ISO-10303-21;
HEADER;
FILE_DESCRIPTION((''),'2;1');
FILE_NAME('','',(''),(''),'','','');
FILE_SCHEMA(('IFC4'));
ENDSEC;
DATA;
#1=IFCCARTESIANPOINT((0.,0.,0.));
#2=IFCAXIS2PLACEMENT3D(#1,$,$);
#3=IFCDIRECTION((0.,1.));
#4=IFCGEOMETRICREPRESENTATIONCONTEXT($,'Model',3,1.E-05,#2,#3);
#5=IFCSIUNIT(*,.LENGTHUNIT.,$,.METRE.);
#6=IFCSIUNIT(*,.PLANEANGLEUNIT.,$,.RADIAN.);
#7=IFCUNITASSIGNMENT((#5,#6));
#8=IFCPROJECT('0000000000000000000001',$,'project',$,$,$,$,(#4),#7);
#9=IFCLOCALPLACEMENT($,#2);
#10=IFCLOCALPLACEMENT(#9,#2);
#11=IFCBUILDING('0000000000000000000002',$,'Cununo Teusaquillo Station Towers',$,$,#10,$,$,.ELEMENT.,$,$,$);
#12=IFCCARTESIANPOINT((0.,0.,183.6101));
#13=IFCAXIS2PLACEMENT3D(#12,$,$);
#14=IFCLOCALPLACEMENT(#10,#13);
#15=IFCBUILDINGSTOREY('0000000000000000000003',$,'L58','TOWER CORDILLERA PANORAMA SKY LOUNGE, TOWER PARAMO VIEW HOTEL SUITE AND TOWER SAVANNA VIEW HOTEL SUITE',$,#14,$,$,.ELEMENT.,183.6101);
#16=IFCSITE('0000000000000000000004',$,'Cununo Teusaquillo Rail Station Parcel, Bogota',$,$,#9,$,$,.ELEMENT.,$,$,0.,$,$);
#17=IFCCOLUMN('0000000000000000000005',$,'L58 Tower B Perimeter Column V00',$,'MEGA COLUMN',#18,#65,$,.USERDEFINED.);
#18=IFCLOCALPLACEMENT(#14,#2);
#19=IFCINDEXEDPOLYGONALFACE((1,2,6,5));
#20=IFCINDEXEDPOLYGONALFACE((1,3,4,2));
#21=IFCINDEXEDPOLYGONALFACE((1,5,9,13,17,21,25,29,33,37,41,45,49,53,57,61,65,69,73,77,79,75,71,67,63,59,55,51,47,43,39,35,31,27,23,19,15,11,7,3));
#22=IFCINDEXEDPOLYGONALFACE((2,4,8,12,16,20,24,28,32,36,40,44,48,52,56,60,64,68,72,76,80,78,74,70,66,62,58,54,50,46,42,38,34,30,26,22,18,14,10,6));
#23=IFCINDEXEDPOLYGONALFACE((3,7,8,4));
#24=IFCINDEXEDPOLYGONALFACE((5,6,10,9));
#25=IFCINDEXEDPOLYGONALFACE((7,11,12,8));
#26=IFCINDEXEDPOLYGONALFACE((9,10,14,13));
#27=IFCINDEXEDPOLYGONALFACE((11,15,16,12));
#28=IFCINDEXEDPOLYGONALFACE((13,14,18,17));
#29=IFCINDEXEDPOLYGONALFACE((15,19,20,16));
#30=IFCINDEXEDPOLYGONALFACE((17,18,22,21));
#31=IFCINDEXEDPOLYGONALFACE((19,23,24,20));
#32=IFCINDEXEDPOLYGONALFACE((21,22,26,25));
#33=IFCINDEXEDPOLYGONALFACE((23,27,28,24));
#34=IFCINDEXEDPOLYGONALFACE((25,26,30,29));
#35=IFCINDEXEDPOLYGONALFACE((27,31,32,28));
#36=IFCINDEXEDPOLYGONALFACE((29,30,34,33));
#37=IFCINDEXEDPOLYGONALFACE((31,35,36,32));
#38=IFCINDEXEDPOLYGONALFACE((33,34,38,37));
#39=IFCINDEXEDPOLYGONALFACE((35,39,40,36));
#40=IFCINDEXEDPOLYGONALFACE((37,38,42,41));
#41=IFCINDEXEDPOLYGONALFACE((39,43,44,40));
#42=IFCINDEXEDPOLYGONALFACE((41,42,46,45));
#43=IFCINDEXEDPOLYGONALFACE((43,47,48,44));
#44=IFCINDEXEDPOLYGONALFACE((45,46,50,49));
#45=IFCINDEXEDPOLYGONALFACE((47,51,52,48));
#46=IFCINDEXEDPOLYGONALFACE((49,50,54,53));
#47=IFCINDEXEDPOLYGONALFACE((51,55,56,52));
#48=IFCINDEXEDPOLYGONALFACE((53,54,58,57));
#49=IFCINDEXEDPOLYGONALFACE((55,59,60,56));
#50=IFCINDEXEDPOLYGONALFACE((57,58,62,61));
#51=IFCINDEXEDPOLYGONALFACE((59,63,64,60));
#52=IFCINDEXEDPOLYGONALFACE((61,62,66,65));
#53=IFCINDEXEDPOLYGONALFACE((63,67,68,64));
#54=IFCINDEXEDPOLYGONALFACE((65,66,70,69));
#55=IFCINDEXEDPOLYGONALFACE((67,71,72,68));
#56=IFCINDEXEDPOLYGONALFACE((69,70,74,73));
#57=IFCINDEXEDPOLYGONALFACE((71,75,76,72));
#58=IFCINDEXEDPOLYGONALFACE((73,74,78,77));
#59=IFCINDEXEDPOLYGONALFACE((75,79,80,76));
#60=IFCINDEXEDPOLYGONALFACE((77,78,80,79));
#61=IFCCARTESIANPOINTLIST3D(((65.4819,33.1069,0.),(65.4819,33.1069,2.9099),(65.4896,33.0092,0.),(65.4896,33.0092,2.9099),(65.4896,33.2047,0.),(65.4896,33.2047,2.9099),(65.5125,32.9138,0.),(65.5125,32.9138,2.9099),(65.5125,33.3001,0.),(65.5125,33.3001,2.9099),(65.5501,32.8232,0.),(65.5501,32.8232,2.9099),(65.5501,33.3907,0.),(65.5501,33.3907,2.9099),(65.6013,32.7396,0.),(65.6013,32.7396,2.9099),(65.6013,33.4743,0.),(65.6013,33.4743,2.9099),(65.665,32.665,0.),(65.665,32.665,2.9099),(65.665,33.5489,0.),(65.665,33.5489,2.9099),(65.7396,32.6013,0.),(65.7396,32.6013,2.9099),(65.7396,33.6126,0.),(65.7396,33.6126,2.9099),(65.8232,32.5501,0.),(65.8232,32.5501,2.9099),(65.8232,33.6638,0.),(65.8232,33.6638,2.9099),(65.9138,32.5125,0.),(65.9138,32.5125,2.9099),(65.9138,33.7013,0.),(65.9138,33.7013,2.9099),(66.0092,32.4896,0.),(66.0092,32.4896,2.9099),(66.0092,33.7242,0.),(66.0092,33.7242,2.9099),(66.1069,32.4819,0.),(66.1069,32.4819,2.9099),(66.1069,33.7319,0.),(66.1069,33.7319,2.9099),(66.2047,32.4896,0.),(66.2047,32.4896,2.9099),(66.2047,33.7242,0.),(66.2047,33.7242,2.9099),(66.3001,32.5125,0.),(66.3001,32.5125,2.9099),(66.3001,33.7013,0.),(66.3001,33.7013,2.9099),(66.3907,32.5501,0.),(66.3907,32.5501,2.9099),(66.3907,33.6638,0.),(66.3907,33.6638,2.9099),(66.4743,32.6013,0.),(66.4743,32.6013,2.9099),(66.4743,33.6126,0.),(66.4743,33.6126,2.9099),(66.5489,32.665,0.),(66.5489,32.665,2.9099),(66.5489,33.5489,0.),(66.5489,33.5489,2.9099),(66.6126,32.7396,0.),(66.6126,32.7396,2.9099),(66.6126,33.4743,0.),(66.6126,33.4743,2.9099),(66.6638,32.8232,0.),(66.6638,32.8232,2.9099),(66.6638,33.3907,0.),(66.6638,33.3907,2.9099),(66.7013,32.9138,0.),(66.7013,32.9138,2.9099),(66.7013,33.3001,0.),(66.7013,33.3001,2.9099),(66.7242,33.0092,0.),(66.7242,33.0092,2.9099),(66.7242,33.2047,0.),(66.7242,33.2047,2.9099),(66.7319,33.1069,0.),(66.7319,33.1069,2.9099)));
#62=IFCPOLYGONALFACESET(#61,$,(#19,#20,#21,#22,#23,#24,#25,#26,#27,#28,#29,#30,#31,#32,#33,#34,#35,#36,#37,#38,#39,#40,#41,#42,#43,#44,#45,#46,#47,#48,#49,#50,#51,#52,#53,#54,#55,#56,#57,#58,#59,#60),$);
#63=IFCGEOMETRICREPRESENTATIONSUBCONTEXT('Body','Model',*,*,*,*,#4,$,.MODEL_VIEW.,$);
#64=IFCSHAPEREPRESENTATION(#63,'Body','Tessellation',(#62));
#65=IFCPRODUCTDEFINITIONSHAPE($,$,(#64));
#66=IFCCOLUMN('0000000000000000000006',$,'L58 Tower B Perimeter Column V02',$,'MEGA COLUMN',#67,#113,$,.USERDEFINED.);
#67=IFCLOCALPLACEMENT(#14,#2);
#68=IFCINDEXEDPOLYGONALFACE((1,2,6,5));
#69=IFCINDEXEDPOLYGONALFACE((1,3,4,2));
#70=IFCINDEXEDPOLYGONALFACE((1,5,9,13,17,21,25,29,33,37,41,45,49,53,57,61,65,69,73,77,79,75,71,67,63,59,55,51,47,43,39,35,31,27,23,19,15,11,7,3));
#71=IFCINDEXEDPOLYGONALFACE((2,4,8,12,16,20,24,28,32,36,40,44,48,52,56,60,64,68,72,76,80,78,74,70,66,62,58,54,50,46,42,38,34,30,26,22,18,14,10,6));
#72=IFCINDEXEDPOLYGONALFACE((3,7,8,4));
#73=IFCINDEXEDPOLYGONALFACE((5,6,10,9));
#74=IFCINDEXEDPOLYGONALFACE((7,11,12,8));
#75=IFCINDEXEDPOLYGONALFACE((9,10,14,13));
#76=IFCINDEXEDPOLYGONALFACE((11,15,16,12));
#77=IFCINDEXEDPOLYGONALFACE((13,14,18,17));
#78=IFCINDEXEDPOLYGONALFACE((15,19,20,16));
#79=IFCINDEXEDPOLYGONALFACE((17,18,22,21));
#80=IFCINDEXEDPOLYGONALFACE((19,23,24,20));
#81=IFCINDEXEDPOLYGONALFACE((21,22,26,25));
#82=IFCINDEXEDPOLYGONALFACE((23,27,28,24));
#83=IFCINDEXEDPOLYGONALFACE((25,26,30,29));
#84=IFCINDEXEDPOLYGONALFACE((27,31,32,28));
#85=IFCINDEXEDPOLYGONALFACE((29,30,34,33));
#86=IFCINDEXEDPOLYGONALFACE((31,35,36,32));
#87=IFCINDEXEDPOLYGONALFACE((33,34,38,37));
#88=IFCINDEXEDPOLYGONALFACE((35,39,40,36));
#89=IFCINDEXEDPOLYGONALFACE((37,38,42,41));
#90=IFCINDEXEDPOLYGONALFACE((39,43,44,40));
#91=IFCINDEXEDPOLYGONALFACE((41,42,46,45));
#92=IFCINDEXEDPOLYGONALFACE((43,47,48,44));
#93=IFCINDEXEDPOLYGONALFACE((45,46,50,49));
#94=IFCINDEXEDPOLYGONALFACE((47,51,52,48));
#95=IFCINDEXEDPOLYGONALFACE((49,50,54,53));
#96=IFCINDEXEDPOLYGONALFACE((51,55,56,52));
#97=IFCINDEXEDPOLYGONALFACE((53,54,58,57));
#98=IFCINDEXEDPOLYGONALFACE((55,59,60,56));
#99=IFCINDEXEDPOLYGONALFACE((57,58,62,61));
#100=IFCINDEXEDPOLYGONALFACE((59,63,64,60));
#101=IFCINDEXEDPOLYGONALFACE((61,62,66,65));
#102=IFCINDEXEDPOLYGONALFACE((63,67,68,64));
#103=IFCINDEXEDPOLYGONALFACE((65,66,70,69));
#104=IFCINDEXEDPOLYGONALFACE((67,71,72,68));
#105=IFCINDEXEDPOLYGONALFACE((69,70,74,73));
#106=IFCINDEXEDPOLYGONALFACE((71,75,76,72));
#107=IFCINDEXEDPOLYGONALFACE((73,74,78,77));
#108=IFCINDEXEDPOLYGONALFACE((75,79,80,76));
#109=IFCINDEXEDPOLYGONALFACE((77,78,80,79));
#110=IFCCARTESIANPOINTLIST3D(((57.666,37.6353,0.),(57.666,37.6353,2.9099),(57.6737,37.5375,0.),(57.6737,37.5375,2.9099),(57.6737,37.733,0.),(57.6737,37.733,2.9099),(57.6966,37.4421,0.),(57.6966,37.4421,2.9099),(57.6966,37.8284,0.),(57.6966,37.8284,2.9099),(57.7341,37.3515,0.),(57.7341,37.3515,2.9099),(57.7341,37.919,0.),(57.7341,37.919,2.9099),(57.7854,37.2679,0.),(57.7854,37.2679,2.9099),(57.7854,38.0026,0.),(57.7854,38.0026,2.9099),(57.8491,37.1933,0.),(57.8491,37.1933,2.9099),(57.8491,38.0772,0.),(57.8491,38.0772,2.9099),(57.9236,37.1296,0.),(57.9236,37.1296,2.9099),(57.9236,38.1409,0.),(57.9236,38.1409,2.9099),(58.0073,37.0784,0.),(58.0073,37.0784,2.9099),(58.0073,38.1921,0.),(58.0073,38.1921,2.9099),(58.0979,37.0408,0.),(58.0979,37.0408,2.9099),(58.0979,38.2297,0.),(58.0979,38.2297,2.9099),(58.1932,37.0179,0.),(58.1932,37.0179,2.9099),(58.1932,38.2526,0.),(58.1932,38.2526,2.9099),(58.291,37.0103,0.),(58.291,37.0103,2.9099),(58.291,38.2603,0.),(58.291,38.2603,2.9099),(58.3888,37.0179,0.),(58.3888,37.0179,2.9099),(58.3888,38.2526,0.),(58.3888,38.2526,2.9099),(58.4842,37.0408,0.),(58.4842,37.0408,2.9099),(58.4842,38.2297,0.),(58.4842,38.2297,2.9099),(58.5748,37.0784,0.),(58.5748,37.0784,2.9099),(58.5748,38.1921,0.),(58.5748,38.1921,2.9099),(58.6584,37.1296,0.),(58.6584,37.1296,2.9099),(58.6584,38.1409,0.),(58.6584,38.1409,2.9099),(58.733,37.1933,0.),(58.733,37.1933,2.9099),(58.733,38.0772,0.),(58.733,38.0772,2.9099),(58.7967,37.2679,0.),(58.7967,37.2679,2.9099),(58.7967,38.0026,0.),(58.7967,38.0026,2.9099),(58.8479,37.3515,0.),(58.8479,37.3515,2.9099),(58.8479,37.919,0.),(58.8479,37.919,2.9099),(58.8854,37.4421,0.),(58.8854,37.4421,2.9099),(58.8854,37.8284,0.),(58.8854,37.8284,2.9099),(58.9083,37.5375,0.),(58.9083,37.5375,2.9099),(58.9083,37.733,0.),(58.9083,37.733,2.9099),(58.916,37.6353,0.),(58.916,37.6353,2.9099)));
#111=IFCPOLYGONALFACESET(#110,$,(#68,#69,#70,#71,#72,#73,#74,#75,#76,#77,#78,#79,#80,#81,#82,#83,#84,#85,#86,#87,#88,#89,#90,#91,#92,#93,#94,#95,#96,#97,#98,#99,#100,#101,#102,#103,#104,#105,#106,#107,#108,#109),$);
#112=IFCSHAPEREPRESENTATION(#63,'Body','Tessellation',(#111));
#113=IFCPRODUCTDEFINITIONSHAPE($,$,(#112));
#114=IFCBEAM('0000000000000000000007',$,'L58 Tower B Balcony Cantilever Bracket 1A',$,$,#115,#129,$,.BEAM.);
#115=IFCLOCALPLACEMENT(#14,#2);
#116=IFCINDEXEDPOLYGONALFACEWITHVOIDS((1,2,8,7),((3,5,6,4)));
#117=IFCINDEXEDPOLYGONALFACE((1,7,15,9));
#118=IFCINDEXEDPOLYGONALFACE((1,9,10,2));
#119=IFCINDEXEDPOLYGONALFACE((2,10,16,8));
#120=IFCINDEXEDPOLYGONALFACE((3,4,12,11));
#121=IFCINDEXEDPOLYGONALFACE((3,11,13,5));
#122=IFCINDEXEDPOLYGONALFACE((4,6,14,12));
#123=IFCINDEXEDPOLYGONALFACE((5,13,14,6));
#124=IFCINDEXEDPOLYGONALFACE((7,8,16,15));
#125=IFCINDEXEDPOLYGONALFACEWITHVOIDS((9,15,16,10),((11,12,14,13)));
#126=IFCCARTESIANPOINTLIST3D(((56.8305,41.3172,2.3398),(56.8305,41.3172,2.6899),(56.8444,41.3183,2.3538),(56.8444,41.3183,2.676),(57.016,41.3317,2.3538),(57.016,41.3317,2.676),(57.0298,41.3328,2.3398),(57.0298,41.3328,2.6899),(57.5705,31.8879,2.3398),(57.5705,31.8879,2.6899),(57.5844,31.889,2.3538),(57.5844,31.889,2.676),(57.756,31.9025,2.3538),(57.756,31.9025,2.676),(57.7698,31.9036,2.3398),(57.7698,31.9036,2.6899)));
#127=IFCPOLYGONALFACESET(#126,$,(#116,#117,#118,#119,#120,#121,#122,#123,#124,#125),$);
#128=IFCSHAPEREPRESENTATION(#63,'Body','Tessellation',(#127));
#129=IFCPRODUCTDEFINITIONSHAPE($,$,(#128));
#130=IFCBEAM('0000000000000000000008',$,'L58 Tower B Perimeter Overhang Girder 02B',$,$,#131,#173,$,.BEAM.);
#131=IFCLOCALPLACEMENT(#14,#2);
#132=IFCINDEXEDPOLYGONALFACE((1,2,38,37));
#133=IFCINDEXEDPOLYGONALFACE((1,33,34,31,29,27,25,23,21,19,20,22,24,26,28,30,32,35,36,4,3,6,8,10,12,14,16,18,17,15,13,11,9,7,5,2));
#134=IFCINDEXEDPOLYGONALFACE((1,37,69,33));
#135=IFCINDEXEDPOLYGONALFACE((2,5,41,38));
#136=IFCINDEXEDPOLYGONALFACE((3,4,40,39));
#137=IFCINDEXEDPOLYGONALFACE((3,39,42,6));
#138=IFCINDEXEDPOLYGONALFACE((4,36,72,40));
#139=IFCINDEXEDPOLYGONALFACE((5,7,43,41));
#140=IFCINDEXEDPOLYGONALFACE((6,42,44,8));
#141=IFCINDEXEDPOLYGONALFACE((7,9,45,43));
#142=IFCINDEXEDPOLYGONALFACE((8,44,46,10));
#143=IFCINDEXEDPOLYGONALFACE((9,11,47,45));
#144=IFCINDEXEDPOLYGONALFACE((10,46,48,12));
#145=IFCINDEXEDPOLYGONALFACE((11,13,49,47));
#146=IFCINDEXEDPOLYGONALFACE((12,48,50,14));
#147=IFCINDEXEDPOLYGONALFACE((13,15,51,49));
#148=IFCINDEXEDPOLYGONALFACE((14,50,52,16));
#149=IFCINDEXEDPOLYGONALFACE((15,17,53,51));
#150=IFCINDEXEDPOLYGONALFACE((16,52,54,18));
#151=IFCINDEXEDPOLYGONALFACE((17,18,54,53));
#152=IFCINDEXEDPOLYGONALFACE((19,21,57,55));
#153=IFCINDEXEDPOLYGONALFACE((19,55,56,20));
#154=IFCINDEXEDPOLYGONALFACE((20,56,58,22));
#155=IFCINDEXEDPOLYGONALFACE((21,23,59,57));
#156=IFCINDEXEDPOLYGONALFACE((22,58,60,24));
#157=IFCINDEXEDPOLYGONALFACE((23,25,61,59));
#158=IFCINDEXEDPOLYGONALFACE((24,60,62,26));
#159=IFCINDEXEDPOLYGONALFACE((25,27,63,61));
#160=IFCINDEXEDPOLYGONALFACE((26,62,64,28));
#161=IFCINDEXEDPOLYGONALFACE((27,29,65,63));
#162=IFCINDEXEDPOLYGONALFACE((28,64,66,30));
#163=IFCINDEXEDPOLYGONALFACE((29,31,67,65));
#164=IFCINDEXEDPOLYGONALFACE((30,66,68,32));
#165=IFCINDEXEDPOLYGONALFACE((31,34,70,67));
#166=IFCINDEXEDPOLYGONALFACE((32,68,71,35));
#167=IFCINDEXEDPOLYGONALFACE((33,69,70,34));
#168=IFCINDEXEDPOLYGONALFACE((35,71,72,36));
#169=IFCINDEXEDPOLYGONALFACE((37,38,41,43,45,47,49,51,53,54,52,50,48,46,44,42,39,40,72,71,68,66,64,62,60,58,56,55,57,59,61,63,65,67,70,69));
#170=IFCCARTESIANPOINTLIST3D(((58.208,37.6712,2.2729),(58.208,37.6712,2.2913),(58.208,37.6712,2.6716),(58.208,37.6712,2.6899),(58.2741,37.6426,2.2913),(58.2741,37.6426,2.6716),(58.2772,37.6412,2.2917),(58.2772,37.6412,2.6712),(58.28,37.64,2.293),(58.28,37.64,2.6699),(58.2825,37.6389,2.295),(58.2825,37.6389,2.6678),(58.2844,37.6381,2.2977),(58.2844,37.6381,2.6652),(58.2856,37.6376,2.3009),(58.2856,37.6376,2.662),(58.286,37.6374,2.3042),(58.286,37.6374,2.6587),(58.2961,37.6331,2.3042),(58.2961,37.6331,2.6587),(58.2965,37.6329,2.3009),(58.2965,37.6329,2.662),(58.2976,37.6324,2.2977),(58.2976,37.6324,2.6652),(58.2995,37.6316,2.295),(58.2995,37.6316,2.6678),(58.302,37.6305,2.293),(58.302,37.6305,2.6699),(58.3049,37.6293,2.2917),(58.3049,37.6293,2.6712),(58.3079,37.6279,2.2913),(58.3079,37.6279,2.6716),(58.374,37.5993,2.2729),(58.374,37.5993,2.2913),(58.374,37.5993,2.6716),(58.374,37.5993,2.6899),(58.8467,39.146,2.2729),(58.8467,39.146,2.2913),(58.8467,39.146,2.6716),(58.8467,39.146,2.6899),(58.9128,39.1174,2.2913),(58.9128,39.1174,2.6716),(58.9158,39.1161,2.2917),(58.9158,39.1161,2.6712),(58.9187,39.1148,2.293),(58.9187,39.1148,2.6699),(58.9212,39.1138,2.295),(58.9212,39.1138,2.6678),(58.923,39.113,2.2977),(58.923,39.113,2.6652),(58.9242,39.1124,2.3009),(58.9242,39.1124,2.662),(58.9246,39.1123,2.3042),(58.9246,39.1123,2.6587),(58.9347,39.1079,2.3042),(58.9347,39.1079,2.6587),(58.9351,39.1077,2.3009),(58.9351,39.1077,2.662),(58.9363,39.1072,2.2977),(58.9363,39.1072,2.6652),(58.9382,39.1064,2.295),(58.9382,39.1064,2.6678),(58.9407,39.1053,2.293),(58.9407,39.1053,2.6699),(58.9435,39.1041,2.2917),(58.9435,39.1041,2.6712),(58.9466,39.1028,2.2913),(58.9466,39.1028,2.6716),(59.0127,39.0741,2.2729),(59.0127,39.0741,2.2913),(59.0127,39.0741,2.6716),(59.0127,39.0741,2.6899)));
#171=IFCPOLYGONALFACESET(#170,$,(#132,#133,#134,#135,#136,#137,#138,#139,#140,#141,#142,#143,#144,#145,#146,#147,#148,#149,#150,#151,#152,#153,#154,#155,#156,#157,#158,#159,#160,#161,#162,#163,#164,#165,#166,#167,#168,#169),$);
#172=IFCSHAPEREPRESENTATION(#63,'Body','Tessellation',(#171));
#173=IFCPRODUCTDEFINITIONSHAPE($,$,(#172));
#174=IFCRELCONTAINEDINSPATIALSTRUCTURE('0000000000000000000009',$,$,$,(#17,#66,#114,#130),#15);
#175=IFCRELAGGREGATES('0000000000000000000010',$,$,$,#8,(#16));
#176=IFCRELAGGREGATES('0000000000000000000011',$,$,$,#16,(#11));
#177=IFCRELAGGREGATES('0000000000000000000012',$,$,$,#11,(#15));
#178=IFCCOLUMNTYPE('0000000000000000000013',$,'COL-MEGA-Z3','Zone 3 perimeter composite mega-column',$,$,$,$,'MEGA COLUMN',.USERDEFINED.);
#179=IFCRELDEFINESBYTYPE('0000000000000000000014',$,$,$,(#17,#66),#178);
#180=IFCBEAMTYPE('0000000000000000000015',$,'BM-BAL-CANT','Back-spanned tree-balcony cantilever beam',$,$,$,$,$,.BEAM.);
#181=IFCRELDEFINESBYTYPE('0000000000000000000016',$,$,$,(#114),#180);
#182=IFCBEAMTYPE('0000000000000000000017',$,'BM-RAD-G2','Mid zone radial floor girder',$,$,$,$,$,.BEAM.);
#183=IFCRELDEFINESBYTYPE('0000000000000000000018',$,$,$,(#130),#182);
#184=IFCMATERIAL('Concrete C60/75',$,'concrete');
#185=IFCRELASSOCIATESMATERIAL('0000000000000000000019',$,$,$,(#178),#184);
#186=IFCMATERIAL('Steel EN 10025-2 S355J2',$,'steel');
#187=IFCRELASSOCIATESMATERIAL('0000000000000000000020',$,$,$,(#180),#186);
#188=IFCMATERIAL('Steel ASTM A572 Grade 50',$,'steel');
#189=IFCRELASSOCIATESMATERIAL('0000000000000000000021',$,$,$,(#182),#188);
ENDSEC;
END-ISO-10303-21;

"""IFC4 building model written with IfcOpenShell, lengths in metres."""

from ifc_helpers import new_model, si_unit, direction, frame, origin, origin_2d, place, context, subcontext, project, spatial, hollow_rectangle, circle, i_section, extrude, material, material_profile, profile_set, type_object, element, save


model = new_model("IFC4")

# Units and contexts
model_context = context("Model", 3, precision=1e-05, world=origin(), true_north=direction((0.0, 1.0)))
body_context = subcontext(model_context, "Body", "Model", "MODEL_VIEW")
ifc_project = project(units=[si_unit("LENGTHUNIT", "METRE"), si_unit("PLANEANGLEUNIT", "RADIAN")], contexts=[model_context])

# Site, building, storey
site_placement = place(None, origin())
site = spatial("IfcSite", under=ifc_project, at=site_placement, Name="Cununo Teusaquillo Rail Station Parcel, Bogota", CompositionType="ELEMENT", RefElevation=0.0)
building_placement = place(site_placement, origin())
building = spatial("IfcBuilding", under=site, at=building_placement, Name="Cununo Teusaquillo Station Towers", CompositionType="ELEMENT")
storey_placement = place(building_placement, frame((0.0, 0.0, 183.6101)))
storey = spatial("IfcBuildingStorey", under=building, at=storey_placement, Name="L58", Description="TOWER CORDILLERA PANORAMA SKY LOUNGE, TOWER PARAMO VIEW HOTEL SUITE AND TOWER SAVANNA VIEW HOTEL SUITE", CompositionType="ELEMENT", Elevation=183.6101)

# Columns
ifc_material_1 = material(Name="Concrete C60/75", Category="concrete")
ifc_material_profile_1 = material_profile(ifc_material_1, circle(Radius=0.625, at=origin_2d()), Name="RC-CIRC-1250")
ifc_profile_set_1 = profile_set([ifc_material_profile_1], Name="Concrete C60/75")
column_type = type_object("IfcColumnType", Name="COL-MEGA-Z3", Description="Zone 3 perimeter composite mega-column", ElementType="MEGA COLUMN", PredefinedType="USERDEFINED", material=ifc_profile_set_1)
for number, where, z_axis, x_axis, name in (
    (1, (66.1069, 33.1069, 0.0), (0.0, 0.0, 1.0), (1.0, 0.0, 0.0), "L58 Tower B Perimeter Column V00"),
    (2, (58.291, 37.6353, 0.0), (0.0, 0.0, 1.0), (1.0, 0.0, 0.0), "L58 Tower B Perimeter Column V02"),
):
    element("IfcColumn", number, at=place(storey_placement, frame(where, z_axis=z_axis, x_axis=x_axis)), inside=storey, type_object=column_type, Name=name, ObjectType="MEGA COLUMN", PredefinedType="USERDEFINED", context=body_context, shape_type="SweptSolid", body=[
        extrude(circle(Radius=0.625, at=origin_2d()), origin(), (0.0, 0.0, 1.0), 2.9099),
    ])

# Beams
ifc_material_2 = material(Name="Steel EN 10025-2 S355J2", Category="steel")
ifc_material_profile_2 = material_profile(ifc_material_2, hollow_rectangle(XDim=0.2, YDim=0.3501, WallThickness=0.0139, at=origin_2d()), Name="RHS 350x200x14")
ifc_profile_set_2 = profile_set([ifc_material_profile_2], Name="Steel EN 10025-2 S355J2")
beam_type_1 = type_object("IfcBeamType", Name="BM-BAL-CANT", Description="Back-spanned tree-balcony cantilever beam", PredefinedType="BEAM", material=ifc_profile_set_2)
beam_1_placement = place(storey_placement, frame((57.6702, 31.8958, 2.5149), z_axis=(-0.078238, 0.996935, 0.0), x_axis=(-0.996935, -0.078238, 0.0)))
element("IfcBeam", 3, at=beam_1_placement, inside=storey, type_object=beam_type_1, Name="L58 Tower B Balcony Cantilever Bracket 1A", PredefinedType="BEAM", context=body_context, shape_type="SweptSolid", body=[
    extrude(hollow_rectangle(XDim=0.2, YDim=0.3501, WallThickness=0.0139, at=origin_2d()), origin(), (0.0, 0.0, 1.0), 9.4583),
])
ifc_material_3 = material(Name="Steel ASTM A572 Grade 50", Category="steel")
ifc_material_profile_3 = material_profile(ifc_material_3, i_section(OverallWidth=0.1809, OverallDepth=0.417, WebThickness=0.011, FlangeThickness=0.0183, FilletRadius=0.0129, at=origin_2d()), Name="W16X57")
ifc_profile_set_3 = profile_set([ifc_material_profile_3], Name="Steel ASTM A572 Grade 50")
beam_type_2 = type_object("IfcBeamType", Name="BM-RAD-G2", Description="Mid zone radial floor girder", PredefinedType="BEAM", material=ifc_profile_set_3)
beam_2_placement = place(storey_placement, frame((58.291, 37.6353, 2.4814), z_axis=(0.397381, 0.917654, 0.0), x_axis=(-0.917654, 0.397381, 0.0)))
element("IfcBeam", 4, at=beam_2_placement, inside=storey, type_object=beam_type_2, Name="L58 Tower B Perimeter Overhang Girder 02B", PredefinedType="BEAM", context=body_context, shape_type="SweptSolid", body=[
    extrude(i_section(OverallWidth=0.1809, OverallDepth=0.417, WebThickness=0.011, FlangeThickness=0.0183, FilletRadius=0.0129, at=origin_2d()), origin(), (0.0, 0.0, 1.0), 1.6072),
])

save(model, "model.ifc")
